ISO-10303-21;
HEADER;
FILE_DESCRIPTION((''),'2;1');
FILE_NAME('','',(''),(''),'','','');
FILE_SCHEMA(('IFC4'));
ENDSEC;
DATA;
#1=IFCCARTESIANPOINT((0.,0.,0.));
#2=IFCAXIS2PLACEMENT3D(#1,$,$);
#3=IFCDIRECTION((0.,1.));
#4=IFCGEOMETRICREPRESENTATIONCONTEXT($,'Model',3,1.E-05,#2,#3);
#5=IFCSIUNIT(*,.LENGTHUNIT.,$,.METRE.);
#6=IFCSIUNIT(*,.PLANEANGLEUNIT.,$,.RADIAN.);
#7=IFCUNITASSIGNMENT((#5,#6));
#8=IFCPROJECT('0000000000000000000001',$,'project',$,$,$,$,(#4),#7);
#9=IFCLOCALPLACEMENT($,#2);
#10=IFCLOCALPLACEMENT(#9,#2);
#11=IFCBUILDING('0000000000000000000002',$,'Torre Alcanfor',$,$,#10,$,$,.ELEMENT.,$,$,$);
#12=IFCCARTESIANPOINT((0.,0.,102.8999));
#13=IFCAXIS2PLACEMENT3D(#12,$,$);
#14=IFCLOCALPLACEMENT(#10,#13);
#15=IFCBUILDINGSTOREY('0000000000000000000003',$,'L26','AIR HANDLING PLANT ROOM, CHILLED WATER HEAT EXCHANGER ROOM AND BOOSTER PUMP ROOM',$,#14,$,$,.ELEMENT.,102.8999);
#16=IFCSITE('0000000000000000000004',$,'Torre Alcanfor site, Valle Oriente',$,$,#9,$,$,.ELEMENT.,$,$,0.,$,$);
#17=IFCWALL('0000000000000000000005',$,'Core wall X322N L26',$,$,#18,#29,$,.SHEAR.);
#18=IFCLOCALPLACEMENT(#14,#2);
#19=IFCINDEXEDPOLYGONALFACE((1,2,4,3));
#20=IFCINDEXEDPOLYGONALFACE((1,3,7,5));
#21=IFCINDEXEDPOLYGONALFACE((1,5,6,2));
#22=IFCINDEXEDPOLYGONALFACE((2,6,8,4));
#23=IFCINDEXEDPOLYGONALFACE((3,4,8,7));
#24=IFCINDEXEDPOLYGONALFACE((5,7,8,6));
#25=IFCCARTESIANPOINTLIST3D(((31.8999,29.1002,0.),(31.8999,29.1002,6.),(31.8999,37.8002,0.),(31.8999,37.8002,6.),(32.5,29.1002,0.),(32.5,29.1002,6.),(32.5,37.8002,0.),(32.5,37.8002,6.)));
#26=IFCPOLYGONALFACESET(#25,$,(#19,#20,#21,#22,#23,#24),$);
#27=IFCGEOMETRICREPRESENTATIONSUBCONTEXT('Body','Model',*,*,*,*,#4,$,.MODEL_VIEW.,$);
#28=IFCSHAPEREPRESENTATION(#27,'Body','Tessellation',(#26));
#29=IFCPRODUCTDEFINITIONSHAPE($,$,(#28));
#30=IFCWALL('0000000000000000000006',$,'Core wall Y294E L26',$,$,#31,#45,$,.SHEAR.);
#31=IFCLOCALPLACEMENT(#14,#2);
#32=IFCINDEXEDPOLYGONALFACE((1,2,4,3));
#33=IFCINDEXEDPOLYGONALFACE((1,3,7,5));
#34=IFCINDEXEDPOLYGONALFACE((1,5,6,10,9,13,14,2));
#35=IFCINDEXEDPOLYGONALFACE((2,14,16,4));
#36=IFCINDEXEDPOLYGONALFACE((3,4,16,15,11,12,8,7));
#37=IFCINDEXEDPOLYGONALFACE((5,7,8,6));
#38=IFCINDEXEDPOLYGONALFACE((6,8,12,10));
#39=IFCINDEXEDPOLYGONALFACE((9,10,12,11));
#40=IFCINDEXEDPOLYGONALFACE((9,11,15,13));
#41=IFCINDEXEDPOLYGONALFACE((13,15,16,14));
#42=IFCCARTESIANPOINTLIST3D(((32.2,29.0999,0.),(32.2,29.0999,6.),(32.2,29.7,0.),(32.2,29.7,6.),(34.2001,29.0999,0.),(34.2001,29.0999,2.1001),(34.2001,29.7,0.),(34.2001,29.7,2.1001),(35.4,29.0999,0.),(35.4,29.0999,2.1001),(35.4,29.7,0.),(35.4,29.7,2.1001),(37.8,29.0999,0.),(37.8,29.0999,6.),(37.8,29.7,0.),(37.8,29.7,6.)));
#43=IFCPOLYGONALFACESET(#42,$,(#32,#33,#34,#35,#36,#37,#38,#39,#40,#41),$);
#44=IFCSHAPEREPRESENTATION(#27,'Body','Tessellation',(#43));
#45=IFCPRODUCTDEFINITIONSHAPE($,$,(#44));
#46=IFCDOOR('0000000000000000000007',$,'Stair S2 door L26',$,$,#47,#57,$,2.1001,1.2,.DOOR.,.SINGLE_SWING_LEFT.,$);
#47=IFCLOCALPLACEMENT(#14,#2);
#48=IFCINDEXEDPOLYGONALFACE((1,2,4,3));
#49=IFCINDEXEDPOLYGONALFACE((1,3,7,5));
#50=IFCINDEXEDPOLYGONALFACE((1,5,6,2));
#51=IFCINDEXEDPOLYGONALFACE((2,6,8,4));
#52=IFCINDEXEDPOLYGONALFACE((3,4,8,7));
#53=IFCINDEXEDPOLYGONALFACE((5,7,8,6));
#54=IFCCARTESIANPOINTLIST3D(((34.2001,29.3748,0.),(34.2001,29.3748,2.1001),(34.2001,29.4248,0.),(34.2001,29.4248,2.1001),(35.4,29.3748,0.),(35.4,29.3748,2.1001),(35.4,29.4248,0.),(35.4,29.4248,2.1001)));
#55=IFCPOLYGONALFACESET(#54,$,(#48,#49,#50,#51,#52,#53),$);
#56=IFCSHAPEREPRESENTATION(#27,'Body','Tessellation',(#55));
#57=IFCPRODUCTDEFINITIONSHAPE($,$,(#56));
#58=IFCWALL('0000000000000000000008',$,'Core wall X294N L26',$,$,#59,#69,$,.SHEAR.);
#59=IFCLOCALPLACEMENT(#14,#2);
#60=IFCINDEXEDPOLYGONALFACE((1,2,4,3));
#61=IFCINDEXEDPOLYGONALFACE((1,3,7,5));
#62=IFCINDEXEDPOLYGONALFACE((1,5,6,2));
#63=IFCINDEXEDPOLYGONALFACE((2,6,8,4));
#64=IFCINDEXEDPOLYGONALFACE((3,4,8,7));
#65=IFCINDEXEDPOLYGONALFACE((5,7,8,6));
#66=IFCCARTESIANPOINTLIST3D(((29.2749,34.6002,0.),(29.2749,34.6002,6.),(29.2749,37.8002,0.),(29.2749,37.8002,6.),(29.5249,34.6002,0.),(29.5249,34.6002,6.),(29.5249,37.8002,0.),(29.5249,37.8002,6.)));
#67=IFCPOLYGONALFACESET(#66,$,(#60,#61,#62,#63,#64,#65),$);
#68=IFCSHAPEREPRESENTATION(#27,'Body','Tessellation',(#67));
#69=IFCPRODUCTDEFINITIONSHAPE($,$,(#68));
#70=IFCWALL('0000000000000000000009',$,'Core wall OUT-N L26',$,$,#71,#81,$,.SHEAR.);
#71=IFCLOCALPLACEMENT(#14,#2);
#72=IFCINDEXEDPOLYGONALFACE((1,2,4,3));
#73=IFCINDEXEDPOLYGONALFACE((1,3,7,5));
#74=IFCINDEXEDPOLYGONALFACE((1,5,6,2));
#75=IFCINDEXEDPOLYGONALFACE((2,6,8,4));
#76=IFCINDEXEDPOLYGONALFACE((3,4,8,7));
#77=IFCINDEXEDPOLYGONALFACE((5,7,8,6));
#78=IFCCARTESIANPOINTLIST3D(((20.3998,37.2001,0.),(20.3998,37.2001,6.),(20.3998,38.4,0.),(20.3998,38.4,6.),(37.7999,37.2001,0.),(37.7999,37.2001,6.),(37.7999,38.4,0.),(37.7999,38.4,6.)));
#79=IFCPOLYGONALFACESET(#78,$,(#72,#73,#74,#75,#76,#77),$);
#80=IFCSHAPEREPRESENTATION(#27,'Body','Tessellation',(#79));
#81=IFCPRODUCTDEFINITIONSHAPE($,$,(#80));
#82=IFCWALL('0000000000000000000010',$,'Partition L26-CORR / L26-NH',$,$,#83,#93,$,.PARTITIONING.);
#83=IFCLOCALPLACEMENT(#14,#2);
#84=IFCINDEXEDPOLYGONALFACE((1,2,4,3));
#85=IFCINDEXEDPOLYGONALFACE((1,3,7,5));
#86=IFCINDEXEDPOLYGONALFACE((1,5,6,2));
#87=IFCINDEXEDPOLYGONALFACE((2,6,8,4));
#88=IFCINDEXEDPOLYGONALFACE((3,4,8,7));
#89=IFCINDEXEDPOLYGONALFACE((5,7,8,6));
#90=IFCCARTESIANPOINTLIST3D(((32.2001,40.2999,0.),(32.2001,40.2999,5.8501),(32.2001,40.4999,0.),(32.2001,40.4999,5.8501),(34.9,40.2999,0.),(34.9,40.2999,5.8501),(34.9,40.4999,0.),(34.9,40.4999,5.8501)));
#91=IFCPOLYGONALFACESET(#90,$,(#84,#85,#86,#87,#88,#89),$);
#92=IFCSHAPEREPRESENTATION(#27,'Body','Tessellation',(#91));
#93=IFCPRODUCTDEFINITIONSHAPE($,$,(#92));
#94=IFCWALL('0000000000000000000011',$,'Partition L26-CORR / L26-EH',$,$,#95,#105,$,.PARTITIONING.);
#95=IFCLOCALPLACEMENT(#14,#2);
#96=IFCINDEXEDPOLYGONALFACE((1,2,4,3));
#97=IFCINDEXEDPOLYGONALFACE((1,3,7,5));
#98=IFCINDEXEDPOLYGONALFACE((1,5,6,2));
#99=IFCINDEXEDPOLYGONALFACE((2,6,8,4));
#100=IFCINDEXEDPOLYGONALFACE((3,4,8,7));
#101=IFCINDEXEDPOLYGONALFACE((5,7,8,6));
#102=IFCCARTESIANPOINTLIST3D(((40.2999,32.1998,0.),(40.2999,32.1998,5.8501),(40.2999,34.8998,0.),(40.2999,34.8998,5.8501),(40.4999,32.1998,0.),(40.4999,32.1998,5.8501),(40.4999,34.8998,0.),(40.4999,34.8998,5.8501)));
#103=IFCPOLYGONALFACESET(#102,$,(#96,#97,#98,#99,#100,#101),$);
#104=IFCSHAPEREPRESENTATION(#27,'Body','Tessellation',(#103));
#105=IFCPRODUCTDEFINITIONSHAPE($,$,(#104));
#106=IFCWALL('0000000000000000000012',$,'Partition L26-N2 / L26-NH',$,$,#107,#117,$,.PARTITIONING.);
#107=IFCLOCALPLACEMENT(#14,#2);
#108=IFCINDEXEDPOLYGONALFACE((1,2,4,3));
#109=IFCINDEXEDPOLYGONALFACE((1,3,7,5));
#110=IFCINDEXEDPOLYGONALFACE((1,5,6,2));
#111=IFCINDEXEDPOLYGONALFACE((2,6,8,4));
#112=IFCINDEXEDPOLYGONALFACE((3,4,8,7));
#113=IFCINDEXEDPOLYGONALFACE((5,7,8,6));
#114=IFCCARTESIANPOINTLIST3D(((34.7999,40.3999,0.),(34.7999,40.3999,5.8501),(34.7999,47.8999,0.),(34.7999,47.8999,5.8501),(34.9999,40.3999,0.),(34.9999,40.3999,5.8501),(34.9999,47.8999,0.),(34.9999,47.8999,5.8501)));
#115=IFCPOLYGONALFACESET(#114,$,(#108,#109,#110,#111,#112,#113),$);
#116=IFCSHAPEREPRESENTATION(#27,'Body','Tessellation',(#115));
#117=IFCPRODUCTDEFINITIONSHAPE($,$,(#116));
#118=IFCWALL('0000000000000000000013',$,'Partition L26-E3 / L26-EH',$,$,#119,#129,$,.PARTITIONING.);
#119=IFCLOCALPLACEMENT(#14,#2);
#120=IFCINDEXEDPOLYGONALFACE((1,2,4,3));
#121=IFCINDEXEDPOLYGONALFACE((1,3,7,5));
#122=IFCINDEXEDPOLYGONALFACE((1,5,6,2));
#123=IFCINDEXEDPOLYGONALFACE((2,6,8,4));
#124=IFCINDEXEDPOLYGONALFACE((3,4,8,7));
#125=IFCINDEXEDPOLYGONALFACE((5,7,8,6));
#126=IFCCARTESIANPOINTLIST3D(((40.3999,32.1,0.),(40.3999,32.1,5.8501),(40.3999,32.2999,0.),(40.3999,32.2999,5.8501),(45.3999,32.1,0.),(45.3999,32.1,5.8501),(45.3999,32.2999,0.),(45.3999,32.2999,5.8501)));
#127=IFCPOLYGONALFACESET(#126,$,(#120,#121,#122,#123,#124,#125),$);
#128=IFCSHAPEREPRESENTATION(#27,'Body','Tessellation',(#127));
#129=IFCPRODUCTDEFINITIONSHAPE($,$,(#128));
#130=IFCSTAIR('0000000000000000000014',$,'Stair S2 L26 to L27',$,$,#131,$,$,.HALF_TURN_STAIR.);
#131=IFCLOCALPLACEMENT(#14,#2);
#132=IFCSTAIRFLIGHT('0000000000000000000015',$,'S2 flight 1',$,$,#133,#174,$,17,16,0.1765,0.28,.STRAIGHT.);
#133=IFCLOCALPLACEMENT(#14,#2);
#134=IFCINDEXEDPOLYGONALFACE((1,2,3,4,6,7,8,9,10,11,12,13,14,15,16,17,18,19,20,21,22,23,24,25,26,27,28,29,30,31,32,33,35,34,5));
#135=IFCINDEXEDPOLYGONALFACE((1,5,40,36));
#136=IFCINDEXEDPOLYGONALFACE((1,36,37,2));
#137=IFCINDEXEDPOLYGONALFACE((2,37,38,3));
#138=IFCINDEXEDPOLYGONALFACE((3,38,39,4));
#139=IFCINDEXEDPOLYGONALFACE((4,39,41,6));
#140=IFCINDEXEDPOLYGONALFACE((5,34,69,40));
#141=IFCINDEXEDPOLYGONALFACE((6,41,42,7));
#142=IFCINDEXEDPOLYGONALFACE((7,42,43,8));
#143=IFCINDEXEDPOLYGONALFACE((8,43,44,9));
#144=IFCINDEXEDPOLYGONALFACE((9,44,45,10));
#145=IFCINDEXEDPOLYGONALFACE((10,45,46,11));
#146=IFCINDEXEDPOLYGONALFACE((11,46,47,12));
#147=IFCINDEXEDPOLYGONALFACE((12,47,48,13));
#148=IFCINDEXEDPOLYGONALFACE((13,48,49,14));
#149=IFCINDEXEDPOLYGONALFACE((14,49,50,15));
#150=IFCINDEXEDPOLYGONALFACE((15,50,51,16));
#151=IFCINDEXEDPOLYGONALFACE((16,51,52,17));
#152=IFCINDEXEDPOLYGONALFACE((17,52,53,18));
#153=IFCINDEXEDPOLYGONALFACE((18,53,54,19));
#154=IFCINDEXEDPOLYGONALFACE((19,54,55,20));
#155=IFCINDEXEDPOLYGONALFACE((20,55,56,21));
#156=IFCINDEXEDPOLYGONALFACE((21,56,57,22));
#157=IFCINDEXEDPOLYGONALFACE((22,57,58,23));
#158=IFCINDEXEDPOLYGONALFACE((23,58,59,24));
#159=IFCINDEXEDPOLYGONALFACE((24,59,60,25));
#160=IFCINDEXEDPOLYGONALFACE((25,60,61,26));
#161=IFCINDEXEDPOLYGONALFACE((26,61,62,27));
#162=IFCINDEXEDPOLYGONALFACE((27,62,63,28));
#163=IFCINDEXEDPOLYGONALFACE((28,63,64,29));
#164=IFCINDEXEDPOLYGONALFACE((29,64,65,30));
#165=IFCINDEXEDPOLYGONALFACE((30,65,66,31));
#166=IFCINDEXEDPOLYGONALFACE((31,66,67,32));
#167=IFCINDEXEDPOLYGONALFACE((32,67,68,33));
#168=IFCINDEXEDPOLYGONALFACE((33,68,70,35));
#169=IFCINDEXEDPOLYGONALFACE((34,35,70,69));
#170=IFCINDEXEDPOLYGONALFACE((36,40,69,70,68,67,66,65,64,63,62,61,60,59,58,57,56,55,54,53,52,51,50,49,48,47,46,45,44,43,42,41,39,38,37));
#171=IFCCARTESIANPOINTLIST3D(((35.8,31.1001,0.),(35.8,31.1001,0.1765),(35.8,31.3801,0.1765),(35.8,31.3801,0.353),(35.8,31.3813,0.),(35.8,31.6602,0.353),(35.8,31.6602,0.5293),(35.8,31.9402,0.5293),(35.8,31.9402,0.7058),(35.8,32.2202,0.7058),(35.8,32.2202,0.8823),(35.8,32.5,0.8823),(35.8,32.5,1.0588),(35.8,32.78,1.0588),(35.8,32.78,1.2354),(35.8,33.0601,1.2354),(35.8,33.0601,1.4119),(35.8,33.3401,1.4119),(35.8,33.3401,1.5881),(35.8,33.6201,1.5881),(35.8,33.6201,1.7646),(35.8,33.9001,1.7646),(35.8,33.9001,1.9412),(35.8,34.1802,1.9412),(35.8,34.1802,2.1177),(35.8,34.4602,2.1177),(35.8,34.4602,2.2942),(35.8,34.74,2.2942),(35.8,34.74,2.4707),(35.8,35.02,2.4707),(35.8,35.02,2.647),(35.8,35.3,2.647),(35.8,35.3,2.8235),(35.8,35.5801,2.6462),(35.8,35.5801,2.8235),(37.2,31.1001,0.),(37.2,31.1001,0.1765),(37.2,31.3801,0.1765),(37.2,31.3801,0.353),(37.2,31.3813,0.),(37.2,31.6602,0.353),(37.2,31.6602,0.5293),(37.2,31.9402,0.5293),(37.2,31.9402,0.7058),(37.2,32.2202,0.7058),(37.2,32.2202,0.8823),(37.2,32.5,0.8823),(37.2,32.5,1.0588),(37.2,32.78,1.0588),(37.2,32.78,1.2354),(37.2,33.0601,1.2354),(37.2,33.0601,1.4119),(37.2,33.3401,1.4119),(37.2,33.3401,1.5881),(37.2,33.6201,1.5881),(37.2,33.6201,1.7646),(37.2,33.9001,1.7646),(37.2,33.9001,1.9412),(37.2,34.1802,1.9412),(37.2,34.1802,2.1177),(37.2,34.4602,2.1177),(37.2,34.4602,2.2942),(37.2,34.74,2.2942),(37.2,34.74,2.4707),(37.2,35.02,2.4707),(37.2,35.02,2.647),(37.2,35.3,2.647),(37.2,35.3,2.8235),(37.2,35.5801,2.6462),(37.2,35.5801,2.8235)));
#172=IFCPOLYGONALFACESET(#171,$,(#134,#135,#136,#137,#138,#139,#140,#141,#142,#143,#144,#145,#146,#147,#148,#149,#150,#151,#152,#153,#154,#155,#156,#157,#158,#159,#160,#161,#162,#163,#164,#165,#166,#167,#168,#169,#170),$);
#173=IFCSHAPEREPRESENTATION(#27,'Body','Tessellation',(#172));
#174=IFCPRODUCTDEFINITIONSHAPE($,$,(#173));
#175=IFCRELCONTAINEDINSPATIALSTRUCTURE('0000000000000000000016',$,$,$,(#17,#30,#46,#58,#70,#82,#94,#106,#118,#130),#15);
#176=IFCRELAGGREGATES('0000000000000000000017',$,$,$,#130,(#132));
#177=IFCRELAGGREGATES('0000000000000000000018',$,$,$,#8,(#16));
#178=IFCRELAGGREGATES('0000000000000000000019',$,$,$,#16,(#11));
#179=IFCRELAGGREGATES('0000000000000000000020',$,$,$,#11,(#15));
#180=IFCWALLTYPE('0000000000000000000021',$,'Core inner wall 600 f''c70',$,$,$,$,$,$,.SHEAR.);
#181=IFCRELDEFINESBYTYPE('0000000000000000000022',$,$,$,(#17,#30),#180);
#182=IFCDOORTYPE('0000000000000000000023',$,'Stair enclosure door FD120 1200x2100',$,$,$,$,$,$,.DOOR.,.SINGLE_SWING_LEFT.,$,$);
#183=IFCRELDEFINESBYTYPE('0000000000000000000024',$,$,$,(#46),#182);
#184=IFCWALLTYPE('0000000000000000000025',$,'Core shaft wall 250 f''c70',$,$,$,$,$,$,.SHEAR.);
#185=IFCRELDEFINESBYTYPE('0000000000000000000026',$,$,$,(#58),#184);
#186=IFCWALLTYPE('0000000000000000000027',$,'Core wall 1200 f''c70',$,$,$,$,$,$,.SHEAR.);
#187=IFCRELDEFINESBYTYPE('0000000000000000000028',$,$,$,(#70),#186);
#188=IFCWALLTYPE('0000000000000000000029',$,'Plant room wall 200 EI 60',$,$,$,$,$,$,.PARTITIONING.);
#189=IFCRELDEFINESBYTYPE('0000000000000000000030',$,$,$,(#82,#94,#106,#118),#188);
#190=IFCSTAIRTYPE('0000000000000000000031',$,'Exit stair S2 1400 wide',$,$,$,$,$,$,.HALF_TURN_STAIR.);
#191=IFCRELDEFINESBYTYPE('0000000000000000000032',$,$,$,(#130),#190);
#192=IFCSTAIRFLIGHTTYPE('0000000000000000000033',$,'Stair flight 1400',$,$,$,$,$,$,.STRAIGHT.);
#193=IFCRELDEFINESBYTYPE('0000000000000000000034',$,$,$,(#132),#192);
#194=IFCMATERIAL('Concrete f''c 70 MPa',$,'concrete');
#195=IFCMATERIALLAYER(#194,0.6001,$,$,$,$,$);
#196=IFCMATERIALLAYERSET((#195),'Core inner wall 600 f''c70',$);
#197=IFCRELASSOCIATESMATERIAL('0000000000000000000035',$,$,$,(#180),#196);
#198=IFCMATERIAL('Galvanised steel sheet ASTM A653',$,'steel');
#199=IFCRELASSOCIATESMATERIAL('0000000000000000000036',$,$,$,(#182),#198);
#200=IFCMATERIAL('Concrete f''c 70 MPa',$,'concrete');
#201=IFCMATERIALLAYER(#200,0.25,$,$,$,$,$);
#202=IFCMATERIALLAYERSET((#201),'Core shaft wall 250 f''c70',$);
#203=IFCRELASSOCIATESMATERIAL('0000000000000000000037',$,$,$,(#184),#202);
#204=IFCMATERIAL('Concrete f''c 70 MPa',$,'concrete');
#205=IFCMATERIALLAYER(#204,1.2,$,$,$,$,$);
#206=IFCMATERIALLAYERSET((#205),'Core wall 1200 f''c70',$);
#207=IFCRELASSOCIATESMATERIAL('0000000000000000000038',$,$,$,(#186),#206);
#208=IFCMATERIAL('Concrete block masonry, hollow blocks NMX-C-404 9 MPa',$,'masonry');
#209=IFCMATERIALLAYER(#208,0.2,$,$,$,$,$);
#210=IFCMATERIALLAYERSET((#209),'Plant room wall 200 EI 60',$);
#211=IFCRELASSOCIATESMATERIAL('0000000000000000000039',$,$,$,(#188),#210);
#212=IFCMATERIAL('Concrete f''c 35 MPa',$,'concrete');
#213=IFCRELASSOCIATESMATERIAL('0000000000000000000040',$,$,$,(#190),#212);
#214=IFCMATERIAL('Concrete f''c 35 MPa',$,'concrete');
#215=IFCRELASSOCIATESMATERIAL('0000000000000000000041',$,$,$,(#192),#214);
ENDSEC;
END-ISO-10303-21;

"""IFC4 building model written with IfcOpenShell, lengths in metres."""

from ifc_helpers import new_model, si_unit, direction, frame, frame_2d, origin, place, context, subcontext, project, spatial, polyline, rectangle, outline, extrude, material, layer, layer_set, type_object, element, fill, aggregate, save


model = new_model("IFC4")

# Units and contexts
model_context = context("Model", 3, precision=1e-05, world=origin(), true_north=direction((0.0, 1.0)))
body_context = subcontext(model_context, "Body", "Model", "MODEL_VIEW")
ifc_project = project(units=[si_unit("LENGTHUNIT", "METRE"), si_unit("PLANEANGLEUNIT", "RADIAN")], contexts=[model_context])

# Site, building, storey
site_placement = place(None, origin())
site = spatial("IfcSite", under=ifc_project, at=site_placement, Name="Torre Alcanfor site, Valle Oriente", CompositionType="ELEMENT", RefElevation=0.0)
building_placement = place(site_placement, origin())
building = spatial("IfcBuilding", under=site, at=building_placement, Name="Torre Alcanfor", CompositionType="ELEMENT")
storey_placement = place(building_placement, frame((0.0, 0.0, 102.8999)))
storey = spatial("IfcBuildingStorey", under=building, at=storey_placement, Name="L26", Description="AIR HANDLING PLANT ROOM, CHILLED WATER HEAT EXCHANGER ROOM AND BOOSTER PUMP ROOM", CompositionType="ELEMENT", Elevation=102.8999)

# Wall
ifc_material_1 = material(Name="Concrete f'c 70 MPa", Category="concrete")
ifc_layer_1 = layer(ifc_material_1, 0.6001)
ifc_layer_set_1 = layer_set([ifc_layer_1], Name="Core inner wall 600 f'c70")
wall_type_1 = type_object("IfcWallType", Name="Core inner wall 600 f'c70", PredefinedType="SHEAR", material=ifc_layer_set_1)
wall_1_placement = place(storey_placement, frame((32.2, 29.1001, 0.0), z_axis=(0.0, 0.0, 1.0), x_axis=(0.0, 1.0, 0.0)))
element("IfcWall", 1, at=wall_1_placement, inside=storey, type_object=wall_type_1, Name="Core wall X322N L26", PredefinedType="SHEAR", context=body_context, shape_type="SweptSolid", body=[
    extrude(rectangle(XDim=8.7, YDim=0.6001, at=frame_2d((4.3501, 0.0))), origin(), (0.0, 0.0, 1.0), 6.0),
])

# Wall, opening, door
wall_2_placement = place(storey_placement, frame((32.2, 29.3999, 0.0), z_axis=(0.0, 0.0, 1.0), x_axis=(1.0, 0.0, 0.0)))
wall_2 = element("IfcWall", 2, at=wall_2_placement, inside=storey, type_object=wall_type_1, Name="Core wall Y294E L26", PredefinedType="SHEAR", context=body_context, shape_type="SweptSolid", body=[
    extrude(rectangle(XDim=5.6001, YDim=0.6001, at=frame_2d((2.8, 0.0))), origin(), (0.0, 0.0, 1.0), 6.0),
])
opening_1_placement = place(wall_2_placement, frame((2.0, 0.0, 0.0)))
opening_1 = element("IfcOpeningElement", 3, at=opening_1_placement, cuts=wall_2, PredefinedType="OPENING", context=body_context, shape_type="SweptSolid", body=[
    extrude(rectangle(XDim=1.2, YDim=2.1001, at=frame_2d((0.6001, 1.05))), frame((0.0, 0.3101, 0.0), z_axis=(0.0, -1.0, 0.0), x_axis=(1.0, 0.0, 0.0)), (0.0, 0.0, 1.0), 0.6201),
])
ifc_material_2 = material(Name="Galvanised steel sheet ASTM A653", Category="steel")
door_type_1 = type_object("IfcDoorType", Name="Stair enclosure door FD120 1200x2100", OperationType="SINGLE_SWING_LEFT", PredefinedType="DOOR", material=ifc_material_2)
door_1_placement = place(opening_1_placement, origin())
door_1 = element("IfcDoor", 4, at=door_1_placement, inside=storey, type_object=door_type_1, Name="Stair S2 door L26", OperationType="SINGLE_SWING_LEFT", OverallHeight=2.1001, OverallWidth=1.2, PredefinedType="DOOR", context=body_context, shape_type="SweptSolid", body=[
    extrude(rectangle(XDim=1.2, YDim=2.1001, at=frame_2d((0.6001, 1.05))), frame((0.0, 0.0249, 0.0), z_axis=(0.0, -1.0, 0.0), x_axis=(1.0, 0.0, 0.0)), (0.0, 0.0, 1.0), 0.05),
])
fill(opening_1, door_1)

# Walls
ifc_material_3 = material(Name="Concrete f'c 70 MPa", Category="concrete")
ifc_layer_2 = layer(ifc_material_3, 0.25)
ifc_layer_set_2 = layer_set([ifc_layer_2], Name="Core shaft wall 250 f'c70")
wall_type_2 = type_object("IfcWallType", Name="Core shaft wall 250 f'c70", PredefinedType="SHEAR", material=ifc_layer_set_2)
wall_3_placement = place(storey_placement, frame((29.3999, 34.6001, 0.0), z_axis=(0.0, 0.0, 1.0), x_axis=(0.0, 1.0, 0.0)))
element("IfcWall", 5, at=wall_3_placement, inside=storey, type_object=wall_type_2, Name="Core wall X294N L26", PredefinedType="SHEAR", context=body_context, shape_type="SweptSolid", body=[
    extrude(rectangle(XDim=3.2, YDim=0.25, at=frame_2d((1.6001, 0.0))), origin(), (0.0, 0.0, 1.0), 6.0),
])
ifc_material_4 = material(Name="Concrete f'c 70 MPa", Category="concrete")
ifc_layer_3 = layer(ifc_material_4, 1.2)
ifc_layer_set_3 = layer_set([ifc_layer_3], Name="Core wall 1200 f'c70")
wall_type_3 = type_object("IfcWallType", Name="Core wall 1200 f'c70", PredefinedType="SHEAR", material=ifc_layer_set_3)
wall_4_placement = place(storey_placement, frame((37.8, 37.8, 0.0), z_axis=(0.0, 0.0, 1.0), x_axis=(-1.0, 0.0, 0.0)))
element("IfcWall", 6, at=wall_4_placement, inside=storey, type_object=wall_type_3, Name="Core wall OUT-N L26", PredefinedType="SHEAR", context=body_context, shape_type="SweptSolid", body=[
    extrude(rectangle(XDim=17.4001, YDim=1.2, at=frame_2d((8.7002, 0.0))), origin(), (0.0, 0.0, 1.0), 6.0),
])

# Shared definitions
ifc_material_5 = material(Name="Concrete block masonry, hollow blocks NMX-C-404 9 MPa", Category="masonry")
ifc_layer_4 = layer(ifc_material_5, 0.2)
ifc_layer_set_4 = layer_set([ifc_layer_4], Name="Plant room wall 200 EI 60")
wall_type_4 = type_object("IfcWallType", Name="Plant room wall 200 EI 60", PredefinedType="PARTITIONING", material=ifc_layer_set_4)

# Wall
wall_5_placement = place(storey_placement, frame((32.2, 40.3999, 0.0), z_axis=(0.0, 0.0, 1.0), x_axis=(1.0, 0.0, 0.0)))
element("IfcWall", 7, at=wall_5_placement, inside=storey, type_object=wall_type_4, Name="Partition L26-CORR / L26-NH", PredefinedType="PARTITIONING", context=body_context, shape_type="SweptSolid", body=[
    extrude(rectangle(XDim=2.7, YDim=0.2, at=frame_2d((1.3501, 0.0))), origin(), (0.0, 0.0, 1.0), 5.8501),
])

# Walls
wall_6_placement = place(storey_placement, frame((40.3999, 34.8999, 0.0), z_axis=(0.0, 0.0, 1.0), x_axis=(0.0, -1.0, 0.0)))
element("IfcWall", 8, at=wall_6_placement, inside=storey, type_object=wall_type_4, Name="Partition L26-CORR / L26-EH", PredefinedType="PARTITIONING", context=body_context, shape_type="SweptSolid", body=[
    extrude(rectangle(XDim=2.7, YDim=0.2, at=frame_2d((1.3501, 0.0))), origin(), (0.0, 0.0, 1.0), 5.8501),
])
wall_7_placement = place(storey_placement, frame((34.8999, 40.3999, 0.0), z_axis=(0.0, 0.0, 1.0), x_axis=(0.0, 1.0, 0.0)))
element("IfcWall", 9, at=wall_7_placement, inside=storey, type_object=wall_type_4, Name="Partition L26-N2 / L26-NH", PredefinedType="PARTITIONING", context=body_context, shape_type="SweptSolid", body=[
    extrude(rectangle(XDim=7.5, YDim=0.2, at=frame_2d((3.75, 0.0))), origin(), (0.0, 0.0, 1.0), 5.8501),
])
wall_8_placement = place(storey_placement, frame((40.3999, 32.2, 0.0), z_axis=(0.0, 0.0, 1.0), x_axis=(1.0, 0.0, 0.0)))
element("IfcWall", 10, at=wall_8_placement, inside=storey, type_object=wall_type_4, Name="Partition L26-E3 / L26-EH", PredefinedType="PARTITIONING", context=body_context, shape_type="SweptSolid", body=[
    extrude(rectangle(XDim=5.0, YDim=0.2, at=frame_2d((2.5, 0.0))), origin(), (0.0, 0.0, 1.0), 5.8501),
])

# Stair, stair flight
ifc_material_6 = material(Name="Concrete f'c 35 MPa", Category="concrete")
stair_type = type_object("IfcStairType", Name="Exit stair S2 1400 wide", PredefinedType="HALF_TURN_STAIR", material=ifc_material_6)
stair_placement = place(storey_placement, origin())
stair = element("IfcStair", 11, at=stair_placement, inside=storey, type_object=stair_type, Name="Stair S2 L26 to L27", PredefinedType="HALF_TURN_STAIR")
ifc_material_7 = material(Name="Concrete f'c 35 MPa", Category="concrete")
stair_flight_type = type_object("IfcStairFlightType", Name="Stair flight 1400", PredefinedType="STRAIGHT", material=ifc_material_7)
stair_flight_1_placement = place(storey_placement, frame((36.5, 31.1001, 0.0), z_axis=(0.0, 0.0, 1.0), x_axis=(0.0, 1.0, 0.0)))
stair_flight_1 = element("IfcStairFlight", 12, at=stair_flight_1_placement, type_object=stair_flight_type, Name="S2 flight 1", NumberOfRisers=17, NumberOfTreads=16, PredefinedType="STRAIGHT", RiserHeight=0.1765, TreadLength=0.28, context=body_context, shape_type="SweptSolid", body=[
    extrude(outline(polyline([(0.0, 0.0), (0.0, 0.1765), (0.28, 0.1765), (0.28, 0.353), (0.5601, 0.353), (0.5601, 0.5293), (0.8401, 0.5293), (0.8401, 0.7058), (1.1201, 0.7058), (1.1201, 0.8823), (1.3999, 0.8823), (1.3999, 1.0588), (1.6799, 1.0588), (1.6799, 1.2354), (1.96, 1.2354), (1.96, 1.4119), (2.24, 1.4119), (2.24, 1.5881), (2.52, 1.5881), (2.52, 1.7646), (2.8, 1.7646), (2.8, 1.9412), (3.0801, 1.9412), (3.0801, 2.1177), (3.3601, 2.1177), (3.3601, 2.2942), (3.6399, 2.2942), (3.6399, 2.4707), (3.9199, 2.4707), (3.9199, 2.647), (4.2, 2.647), (4.2, 2.8235), (4.48, 2.8235), (4.48, 3.0), (4.48, 2.6462), (0.2812, 0.0), (0.0, 0.0)])), frame((0.0, 0.7, 0.0), z_axis=(0.0, -1.0, 0.0), x_axis=(1.0, 0.0, 0.0)), (0.0, 0.0, 1.0), 1.3999),
])
aggregate(stair, [stair_flight_1])

save(model, "model.ifc")
